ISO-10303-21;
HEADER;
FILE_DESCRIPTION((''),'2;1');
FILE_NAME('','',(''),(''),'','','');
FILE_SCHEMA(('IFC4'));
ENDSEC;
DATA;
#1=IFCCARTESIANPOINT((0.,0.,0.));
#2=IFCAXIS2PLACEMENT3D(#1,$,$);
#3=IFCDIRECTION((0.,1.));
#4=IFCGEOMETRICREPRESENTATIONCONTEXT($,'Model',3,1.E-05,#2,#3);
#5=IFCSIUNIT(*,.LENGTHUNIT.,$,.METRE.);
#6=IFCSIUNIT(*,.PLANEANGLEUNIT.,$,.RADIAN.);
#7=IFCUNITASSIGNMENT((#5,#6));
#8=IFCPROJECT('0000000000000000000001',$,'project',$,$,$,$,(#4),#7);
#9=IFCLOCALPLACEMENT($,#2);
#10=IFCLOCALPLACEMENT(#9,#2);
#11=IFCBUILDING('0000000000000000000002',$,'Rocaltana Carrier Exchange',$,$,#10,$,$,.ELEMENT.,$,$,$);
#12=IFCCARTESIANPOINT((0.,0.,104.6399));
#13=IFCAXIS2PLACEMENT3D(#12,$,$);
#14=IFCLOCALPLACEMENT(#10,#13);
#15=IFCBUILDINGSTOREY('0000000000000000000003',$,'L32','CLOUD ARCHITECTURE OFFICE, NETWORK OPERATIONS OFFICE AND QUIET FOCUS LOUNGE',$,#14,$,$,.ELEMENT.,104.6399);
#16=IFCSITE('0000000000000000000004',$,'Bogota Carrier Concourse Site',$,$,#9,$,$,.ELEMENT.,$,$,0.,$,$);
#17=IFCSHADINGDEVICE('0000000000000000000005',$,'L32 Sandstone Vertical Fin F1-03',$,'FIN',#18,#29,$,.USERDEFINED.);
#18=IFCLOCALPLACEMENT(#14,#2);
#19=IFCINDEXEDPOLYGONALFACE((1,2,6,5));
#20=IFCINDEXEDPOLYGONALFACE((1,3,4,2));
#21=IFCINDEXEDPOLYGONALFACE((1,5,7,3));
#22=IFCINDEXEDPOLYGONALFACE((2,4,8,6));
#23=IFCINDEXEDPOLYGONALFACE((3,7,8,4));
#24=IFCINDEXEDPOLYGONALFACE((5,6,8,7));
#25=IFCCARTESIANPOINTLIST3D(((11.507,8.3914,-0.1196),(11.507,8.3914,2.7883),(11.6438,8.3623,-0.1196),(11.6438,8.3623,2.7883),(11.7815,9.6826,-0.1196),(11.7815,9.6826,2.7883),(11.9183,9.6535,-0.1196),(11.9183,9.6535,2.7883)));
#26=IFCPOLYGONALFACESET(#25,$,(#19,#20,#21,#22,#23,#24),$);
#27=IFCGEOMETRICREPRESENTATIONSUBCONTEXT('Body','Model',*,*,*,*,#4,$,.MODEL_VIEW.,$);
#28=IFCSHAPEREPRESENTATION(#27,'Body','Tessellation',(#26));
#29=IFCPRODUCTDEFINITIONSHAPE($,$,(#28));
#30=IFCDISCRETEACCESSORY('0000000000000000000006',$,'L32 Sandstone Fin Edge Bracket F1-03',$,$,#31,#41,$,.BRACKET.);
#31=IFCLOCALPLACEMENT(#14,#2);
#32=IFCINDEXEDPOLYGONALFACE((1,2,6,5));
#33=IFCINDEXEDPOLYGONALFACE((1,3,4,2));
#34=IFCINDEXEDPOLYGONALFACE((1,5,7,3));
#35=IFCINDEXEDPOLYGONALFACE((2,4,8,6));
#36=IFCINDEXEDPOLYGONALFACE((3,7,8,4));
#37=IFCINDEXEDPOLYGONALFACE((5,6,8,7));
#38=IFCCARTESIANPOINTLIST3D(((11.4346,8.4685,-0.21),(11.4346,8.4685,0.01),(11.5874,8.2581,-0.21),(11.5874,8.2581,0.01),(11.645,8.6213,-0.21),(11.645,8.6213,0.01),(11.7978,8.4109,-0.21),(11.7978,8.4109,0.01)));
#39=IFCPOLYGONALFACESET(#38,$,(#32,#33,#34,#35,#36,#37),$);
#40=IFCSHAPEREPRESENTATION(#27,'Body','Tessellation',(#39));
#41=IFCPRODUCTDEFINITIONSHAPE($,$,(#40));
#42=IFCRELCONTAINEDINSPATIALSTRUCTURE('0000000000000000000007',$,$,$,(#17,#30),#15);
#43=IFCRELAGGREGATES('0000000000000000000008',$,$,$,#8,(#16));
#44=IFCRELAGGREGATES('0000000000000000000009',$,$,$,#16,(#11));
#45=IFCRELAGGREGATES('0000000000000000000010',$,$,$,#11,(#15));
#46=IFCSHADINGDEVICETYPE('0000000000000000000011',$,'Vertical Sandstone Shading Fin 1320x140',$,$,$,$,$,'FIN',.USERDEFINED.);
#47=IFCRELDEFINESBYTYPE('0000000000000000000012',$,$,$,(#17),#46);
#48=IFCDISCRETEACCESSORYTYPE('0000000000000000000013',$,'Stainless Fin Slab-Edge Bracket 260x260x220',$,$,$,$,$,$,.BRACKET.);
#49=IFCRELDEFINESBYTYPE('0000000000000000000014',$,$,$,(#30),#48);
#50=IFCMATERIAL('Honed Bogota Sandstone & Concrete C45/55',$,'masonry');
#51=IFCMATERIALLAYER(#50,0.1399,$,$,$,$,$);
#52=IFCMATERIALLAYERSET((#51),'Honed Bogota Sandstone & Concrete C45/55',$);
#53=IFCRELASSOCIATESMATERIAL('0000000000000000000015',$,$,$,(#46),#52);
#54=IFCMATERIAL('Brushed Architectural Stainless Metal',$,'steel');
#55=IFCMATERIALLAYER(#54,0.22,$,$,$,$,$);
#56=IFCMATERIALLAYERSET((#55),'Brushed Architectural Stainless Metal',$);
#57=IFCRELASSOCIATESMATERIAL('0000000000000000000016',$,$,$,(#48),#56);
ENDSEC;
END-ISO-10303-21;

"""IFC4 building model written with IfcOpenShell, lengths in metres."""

from ifc_helpers import new_model, si_unit, direction, frame, origin, origin_2d, place, context, subcontext, project, spatial, rectangle, extrude, material, layer, layer_set, type_object, element, save


model = new_model("IFC4")

# Units and contexts
model_context = context("Model", 3, precision=1e-05, world=origin(), true_north=direction((0.0, 1.0)))
body_context = subcontext(model_context, "Body", "Model", "MODEL_VIEW")
ifc_project = project(units=[si_unit("LENGTHUNIT", "METRE"), si_unit("PLANEANGLEUNIT", "RADIAN")], contexts=[model_context])

# Site, building, storey
site_placement = place(None, origin())
site = spatial("IfcSite", under=ifc_project, at=site_placement, Name="Bogota Carrier Concourse Site", CompositionType="ELEMENT", RefElevation=0.0)
building_placement = place(site_placement, origin())
building = spatial("IfcBuilding", under=site, at=building_placement, Name="Rocaltana Carrier Exchange", CompositionType="ELEMENT")
storey_placement = place(building_placement, frame((0.0, 0.0, 104.6399)))
storey = spatial("IfcBuildingStorey", under=building, at=storey_placement, Name="L32", Description="CLOUD ARCHITECTURE OFFICE, NETWORK OPERATIONS OFFICE AND QUIET FOCUS LOUNGE", CompositionType="ELEMENT", Elevation=104.6399)

# Shading device
ifc_material_1 = material(Name="Honed Bogota Sandstone & Concrete C45/55", Category="masonry")
ifc_layer_1 = layer(ifc_material_1, 0.1399)
ifc_layer_set_1 = layer_set([ifc_layer_1], Name="Honed Bogota Sandstone & Concrete C45/55")
shading_device_type = type_object("IfcShadingDeviceType", Name="Vertical Sandstone Shading Fin 1320x140", ElementType="FIN", PredefinedType="USERDEFINED", material=ifc_layer_set_1)
shading_device_placement = place(storey_placement, frame((11.7126, 9.0225, -0.1196), z_axis=(0.0, 0.0, 1.0), x_axis=(0.207912, 0.978148, 0.0)))
element("IfcShadingDevice", 1, at=shading_device_placement, inside=storey, type_object=shading_device_type, Name="L32 Sandstone Vertical Fin F1-03", ObjectType="FIN", PredefinedType="USERDEFINED", context=body_context, shape_type="SweptSolid", body=[
    extrude(rectangle(XDim=1.3201, YDim=0.1399, at=origin_2d()), origin(), (0.0, 0.0, 1.0), 2.908),
])

# Discrete accessory
ifc_material_2 = material(Name="Brushed Architectural Stainless Metal", Category="steel")
ifc_layer_2 = layer(ifc_material_2, 0.22)
ifc_layer_set_2 = layer_set([ifc_layer_2], Name="Brushed Architectural Stainless Metal")
discrete_accessory_type = type_object("IfcDiscreteAccessoryType", Name="Stainless Fin Slab-Edge Bracket 260x260x220", PredefinedType="BRACKET", material=ifc_layer_set_2)
discrete_accessory_placement = place(storey_placement, frame((11.6162, 8.4397, -0.21), z_axis=(0.0, 0.0, 1.0), x_axis=(-0.587785, 0.809017, 0.0)))
element("IfcDiscreteAccessory", 2, at=discrete_accessory_placement, inside=storey, type_object=discrete_accessory_type, Name="L32 Sandstone Fin Edge Bracket F1-03", PredefinedType="BRACKET", context=body_context, shape_type="SweptSolid", body=[
    extrude(rectangle(XDim=0.26, YDim=0.26, at=origin_2d()), origin(), (0.0, 0.0, 1.0), 0.22),
])

save(model, "model.ifc")
